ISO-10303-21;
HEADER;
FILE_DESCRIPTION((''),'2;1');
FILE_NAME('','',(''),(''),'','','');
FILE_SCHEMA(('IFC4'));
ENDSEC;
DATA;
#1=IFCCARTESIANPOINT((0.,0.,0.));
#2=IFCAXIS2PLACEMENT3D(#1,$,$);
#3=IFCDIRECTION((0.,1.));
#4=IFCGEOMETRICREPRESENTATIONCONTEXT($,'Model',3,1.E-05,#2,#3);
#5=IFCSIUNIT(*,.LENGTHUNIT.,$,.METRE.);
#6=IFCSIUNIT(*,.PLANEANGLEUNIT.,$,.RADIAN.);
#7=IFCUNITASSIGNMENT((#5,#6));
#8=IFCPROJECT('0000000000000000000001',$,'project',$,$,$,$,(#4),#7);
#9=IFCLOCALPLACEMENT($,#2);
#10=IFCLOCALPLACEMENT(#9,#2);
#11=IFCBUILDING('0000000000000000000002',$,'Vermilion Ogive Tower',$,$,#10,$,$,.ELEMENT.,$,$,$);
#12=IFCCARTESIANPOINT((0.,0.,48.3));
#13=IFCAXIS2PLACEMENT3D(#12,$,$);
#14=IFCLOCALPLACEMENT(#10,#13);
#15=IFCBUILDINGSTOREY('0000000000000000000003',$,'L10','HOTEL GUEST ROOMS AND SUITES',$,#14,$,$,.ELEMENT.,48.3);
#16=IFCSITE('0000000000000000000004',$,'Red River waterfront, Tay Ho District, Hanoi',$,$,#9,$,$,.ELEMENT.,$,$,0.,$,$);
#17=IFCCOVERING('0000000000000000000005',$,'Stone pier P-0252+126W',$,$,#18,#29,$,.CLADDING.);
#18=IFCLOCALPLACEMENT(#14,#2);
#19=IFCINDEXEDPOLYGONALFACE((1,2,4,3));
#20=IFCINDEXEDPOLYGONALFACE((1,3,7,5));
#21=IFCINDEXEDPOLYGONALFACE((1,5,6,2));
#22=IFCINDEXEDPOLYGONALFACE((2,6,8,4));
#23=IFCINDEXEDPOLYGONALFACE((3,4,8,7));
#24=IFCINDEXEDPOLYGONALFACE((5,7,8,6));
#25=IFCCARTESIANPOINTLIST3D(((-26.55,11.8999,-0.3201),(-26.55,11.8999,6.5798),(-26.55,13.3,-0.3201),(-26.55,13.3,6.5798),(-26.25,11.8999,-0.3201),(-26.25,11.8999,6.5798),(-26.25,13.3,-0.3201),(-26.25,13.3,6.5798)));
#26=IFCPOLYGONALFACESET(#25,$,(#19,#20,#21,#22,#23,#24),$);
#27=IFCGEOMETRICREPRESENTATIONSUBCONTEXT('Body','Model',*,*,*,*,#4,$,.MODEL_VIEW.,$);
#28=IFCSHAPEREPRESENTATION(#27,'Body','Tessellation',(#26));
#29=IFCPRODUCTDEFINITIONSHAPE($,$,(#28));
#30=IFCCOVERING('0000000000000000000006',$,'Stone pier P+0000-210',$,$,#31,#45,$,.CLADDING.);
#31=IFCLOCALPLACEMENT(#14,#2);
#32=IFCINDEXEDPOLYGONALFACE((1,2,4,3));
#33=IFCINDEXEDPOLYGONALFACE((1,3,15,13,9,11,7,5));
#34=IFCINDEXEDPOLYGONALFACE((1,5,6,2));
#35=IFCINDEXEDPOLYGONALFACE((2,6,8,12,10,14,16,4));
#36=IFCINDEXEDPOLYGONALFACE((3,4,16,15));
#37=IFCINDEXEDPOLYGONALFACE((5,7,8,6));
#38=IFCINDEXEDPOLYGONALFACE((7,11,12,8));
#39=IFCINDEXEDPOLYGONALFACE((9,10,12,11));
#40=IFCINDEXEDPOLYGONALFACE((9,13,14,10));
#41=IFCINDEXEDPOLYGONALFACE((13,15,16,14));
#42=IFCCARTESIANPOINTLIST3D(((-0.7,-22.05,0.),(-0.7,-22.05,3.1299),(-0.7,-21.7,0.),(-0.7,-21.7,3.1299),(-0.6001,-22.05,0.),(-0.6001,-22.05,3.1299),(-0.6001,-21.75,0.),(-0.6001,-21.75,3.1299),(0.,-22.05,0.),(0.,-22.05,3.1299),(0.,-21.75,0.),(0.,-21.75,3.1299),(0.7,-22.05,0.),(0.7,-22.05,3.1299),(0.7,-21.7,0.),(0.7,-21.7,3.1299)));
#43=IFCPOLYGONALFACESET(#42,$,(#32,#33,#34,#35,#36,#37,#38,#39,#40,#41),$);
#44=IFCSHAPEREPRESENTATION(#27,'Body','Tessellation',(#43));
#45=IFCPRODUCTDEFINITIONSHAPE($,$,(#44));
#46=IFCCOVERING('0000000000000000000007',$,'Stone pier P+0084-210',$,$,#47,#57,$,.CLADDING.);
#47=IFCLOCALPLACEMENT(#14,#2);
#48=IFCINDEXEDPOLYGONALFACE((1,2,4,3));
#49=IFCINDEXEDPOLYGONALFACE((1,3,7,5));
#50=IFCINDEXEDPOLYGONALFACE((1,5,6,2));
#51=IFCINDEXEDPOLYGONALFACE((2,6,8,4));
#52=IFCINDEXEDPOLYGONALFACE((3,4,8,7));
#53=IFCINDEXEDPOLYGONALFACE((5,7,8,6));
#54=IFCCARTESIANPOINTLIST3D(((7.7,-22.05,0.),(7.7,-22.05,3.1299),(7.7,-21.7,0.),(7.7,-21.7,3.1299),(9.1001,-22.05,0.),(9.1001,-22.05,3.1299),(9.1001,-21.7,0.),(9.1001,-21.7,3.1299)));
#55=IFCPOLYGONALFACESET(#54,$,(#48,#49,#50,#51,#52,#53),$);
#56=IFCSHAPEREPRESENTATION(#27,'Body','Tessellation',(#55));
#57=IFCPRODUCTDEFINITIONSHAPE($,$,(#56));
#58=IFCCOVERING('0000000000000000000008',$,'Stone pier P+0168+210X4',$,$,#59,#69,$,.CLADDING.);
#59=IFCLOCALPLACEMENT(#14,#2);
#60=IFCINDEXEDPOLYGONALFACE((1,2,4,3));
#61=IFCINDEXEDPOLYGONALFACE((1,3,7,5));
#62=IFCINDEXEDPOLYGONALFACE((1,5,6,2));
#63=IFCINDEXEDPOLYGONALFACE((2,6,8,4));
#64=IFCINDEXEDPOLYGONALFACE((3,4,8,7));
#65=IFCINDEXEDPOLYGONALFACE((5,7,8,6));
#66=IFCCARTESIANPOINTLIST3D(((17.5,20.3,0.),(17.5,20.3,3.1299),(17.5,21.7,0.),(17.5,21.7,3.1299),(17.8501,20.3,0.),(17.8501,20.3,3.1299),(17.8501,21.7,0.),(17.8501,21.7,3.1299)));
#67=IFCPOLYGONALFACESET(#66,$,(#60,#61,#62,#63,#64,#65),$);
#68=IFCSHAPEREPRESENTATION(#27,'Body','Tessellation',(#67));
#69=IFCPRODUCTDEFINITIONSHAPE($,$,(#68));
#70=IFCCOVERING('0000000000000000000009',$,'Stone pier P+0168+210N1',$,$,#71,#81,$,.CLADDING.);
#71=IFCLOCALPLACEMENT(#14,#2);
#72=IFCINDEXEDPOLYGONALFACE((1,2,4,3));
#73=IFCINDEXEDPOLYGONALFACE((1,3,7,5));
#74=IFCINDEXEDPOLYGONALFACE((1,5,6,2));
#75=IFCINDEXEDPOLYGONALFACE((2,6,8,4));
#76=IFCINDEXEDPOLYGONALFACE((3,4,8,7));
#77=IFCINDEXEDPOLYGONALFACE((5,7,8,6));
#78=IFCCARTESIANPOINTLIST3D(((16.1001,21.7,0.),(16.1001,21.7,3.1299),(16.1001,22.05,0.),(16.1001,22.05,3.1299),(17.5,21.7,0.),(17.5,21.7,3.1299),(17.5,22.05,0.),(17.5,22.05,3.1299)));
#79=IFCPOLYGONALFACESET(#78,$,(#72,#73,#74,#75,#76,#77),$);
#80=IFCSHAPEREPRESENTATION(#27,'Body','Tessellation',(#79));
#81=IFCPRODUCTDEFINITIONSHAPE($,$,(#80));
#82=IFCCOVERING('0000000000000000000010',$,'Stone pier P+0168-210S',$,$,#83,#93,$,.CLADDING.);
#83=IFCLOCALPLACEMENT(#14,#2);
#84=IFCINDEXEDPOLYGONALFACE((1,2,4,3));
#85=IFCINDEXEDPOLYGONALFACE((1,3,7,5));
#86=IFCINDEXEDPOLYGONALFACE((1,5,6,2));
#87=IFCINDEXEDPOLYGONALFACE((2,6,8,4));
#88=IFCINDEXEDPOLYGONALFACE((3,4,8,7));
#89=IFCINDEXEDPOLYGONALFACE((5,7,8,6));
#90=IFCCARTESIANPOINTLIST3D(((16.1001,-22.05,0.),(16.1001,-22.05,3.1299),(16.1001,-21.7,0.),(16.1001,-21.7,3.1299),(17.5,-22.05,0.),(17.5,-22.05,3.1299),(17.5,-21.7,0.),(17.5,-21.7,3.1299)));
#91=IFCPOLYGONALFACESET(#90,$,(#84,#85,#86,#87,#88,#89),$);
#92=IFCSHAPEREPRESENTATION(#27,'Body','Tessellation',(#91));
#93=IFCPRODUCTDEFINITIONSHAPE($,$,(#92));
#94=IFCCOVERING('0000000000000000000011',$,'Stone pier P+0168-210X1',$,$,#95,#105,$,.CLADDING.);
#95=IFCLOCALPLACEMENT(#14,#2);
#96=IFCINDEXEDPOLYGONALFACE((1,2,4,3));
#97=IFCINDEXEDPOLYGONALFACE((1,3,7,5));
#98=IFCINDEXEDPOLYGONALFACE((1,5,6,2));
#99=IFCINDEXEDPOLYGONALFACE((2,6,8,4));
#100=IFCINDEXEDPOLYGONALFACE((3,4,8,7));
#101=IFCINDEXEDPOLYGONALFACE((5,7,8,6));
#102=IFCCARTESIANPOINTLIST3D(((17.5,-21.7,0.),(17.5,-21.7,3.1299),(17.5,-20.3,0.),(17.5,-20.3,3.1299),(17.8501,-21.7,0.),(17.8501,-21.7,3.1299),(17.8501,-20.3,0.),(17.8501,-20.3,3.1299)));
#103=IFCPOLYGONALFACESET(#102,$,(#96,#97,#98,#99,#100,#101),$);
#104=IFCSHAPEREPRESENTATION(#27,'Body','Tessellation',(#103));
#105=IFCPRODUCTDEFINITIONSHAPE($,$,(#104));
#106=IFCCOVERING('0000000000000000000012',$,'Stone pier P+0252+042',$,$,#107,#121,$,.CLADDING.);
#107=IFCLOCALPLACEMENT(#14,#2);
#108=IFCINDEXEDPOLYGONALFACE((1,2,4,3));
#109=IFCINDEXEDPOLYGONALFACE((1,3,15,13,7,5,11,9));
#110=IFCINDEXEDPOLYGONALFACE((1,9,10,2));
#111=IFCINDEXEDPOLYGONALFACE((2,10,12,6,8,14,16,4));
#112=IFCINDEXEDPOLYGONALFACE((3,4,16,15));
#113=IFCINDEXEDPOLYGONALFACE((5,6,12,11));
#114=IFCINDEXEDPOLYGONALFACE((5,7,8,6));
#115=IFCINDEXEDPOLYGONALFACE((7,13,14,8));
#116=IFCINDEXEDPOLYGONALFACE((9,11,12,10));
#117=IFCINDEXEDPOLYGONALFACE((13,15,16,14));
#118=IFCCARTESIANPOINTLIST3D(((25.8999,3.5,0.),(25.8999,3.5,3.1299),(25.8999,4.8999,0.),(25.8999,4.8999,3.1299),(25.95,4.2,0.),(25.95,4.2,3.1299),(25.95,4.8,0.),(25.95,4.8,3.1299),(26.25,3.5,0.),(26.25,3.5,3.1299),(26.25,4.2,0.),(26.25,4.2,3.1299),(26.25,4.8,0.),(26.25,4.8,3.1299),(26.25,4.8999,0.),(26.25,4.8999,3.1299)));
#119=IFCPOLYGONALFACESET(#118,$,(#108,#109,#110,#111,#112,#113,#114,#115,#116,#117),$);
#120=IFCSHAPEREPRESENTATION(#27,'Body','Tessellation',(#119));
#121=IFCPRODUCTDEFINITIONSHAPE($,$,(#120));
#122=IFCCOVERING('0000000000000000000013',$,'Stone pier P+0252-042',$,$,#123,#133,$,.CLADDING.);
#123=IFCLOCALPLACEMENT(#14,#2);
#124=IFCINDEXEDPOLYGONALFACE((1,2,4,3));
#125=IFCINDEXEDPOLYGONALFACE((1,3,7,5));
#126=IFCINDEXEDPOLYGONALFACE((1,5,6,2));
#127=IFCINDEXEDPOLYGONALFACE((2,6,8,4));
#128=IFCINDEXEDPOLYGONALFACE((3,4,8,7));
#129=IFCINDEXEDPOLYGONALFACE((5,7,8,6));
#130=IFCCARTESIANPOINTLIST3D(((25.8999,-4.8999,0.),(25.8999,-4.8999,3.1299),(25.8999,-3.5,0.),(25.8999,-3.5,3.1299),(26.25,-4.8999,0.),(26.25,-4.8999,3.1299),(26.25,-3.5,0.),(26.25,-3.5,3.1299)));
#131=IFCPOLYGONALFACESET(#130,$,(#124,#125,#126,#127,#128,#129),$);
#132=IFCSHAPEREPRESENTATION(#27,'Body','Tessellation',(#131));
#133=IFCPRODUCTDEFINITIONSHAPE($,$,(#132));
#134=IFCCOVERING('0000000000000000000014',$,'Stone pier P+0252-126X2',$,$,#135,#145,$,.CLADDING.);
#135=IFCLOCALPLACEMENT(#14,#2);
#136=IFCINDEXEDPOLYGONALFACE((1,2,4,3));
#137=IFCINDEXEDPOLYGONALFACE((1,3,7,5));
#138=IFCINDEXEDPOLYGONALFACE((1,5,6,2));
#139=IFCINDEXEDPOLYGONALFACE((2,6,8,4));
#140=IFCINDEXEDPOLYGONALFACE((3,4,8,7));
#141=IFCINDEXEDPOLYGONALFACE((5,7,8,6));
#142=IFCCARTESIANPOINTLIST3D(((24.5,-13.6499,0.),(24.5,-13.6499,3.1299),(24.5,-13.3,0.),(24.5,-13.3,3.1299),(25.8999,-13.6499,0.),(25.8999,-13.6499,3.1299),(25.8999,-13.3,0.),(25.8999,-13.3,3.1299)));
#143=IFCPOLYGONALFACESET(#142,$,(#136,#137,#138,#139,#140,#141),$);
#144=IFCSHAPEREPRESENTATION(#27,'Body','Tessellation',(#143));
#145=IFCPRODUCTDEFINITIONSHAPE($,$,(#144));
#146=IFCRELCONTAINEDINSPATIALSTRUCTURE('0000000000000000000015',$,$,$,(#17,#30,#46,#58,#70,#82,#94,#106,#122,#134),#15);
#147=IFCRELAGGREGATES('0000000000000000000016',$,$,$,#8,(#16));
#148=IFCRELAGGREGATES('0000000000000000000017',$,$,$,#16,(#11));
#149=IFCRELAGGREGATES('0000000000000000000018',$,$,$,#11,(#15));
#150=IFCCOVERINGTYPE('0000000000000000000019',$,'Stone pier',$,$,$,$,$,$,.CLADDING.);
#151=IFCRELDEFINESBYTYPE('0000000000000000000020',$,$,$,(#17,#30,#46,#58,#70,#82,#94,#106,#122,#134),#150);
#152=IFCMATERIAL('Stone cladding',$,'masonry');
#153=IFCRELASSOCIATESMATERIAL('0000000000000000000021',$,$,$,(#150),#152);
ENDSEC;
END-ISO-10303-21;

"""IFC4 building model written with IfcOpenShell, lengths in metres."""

from ifc_helpers import new_model, si_unit, direction, frame, origin, place, context, subcontext, project, spatial, polyline, outline, extrude, material, type_object, element, save


model = new_model("IFC4")

# Units and contexts
model_context = context("Model", 3, precision=1e-05, world=origin(), true_north=direction((0.0, 1.0)))
body_context = subcontext(model_context, "Body", "Model", "MODEL_VIEW")
ifc_project = project(units=[si_unit("LENGTHUNIT", "METRE"), si_unit("PLANEANGLEUNIT", "RADIAN")], contexts=[model_context])

# Site, building, storey
site_placement = place(None, origin())
site = spatial("IfcSite", under=ifc_project, at=site_placement, Name="Red River waterfront, Tay Ho District, Hanoi", CompositionType="ELEMENT", RefElevation=0.0)
building_placement = place(site_placement, origin())
building = spatial("IfcBuilding", under=site, at=building_placement, Name="Vermilion Ogive Tower", CompositionType="ELEMENT")
storey_placement = place(building_placement, frame((0.0, 0.0, 48.3)))
storey = spatial("IfcBuildingStorey", under=building, at=storey_placement, Name="L10", Description="HOTEL GUEST ROOMS AND SUITES", CompositionType="ELEMENT", Elevation=48.3)

# Coverings
ifc_material_1 = material(Name="Stone cladding", Category="masonry")
covering_type_1 = type_object("IfcCoveringType", Name="Stone pier", PredefinedType="CLADDING", material=ifc_material_1)
covering_1_placement = place(storey_placement, frame((0.0, 0.0, -0.3201)))
element("IfcCovering", 1, at=covering_1_placement, inside=storey, type_object=covering_type_1, Name="Stone pier P-0252+126W", PredefinedType="CLADDING", context=body_context, shape_type="SweptSolid", body=[
    extrude(outline(polyline([(-26.55, 13.3), (-26.25, 13.3), (-26.25, 11.8999), (-26.55, 11.8999), (-26.55, 13.3)])), origin(), (0.0, 0.0, 1.0), 6.8999),
])
covering_2_placement = place(storey_placement, origin())
element("IfcCovering", 2, at=covering_2_placement, inside=storey, type_object=covering_type_1, Name="Stone pier P+0000-210", PredefinedType="CLADDING", context=body_context, shape_type="SweptSolid", body=[
    extrude(outline(polyline([(0.7, -22.05), (0.0, -22.05), (0.0, -21.75), (-0.6001, -21.75), (-0.6001, -22.05), (-0.7, -22.05), (-0.7, -21.7), (0.7, -21.7), (0.7, -22.05)])), origin(), (0.0, 0.0, 1.0), 3.1299),
])
covering_3_placement = place(storey_placement, origin())
element("IfcCovering", 3, at=covering_3_placement, inside=storey, type_object=covering_type_1, Name="Stone pier P+0084-210", PredefinedType="CLADDING", context=body_context, shape_type="SweptSolid", body=[
    extrude(outline(polyline([(9.1001, -21.7), (9.1001, -22.05), (7.7, -22.05), (7.7, -21.7), (9.1001, -21.7), (9.1001, -21.7)])), origin(), (0.0, 0.0, 1.0), 3.1299),
])
covering_4_placement = place(storey_placement, origin())
element("IfcCovering", 4, at=covering_4_placement, inside=storey, type_object=covering_type_1, Name="Stone pier P+0168+210X4", PredefinedType="CLADDING", context=body_context, shape_type="SweptSolid", body=[
    extrude(outline(polyline([(17.8501, 21.7), (17.8501, 20.3), (17.5, 20.3), (17.5, 21.7), (17.8501, 21.7)])), origin(), (0.0, 0.0, 1.0), 3.1299),
])
covering_5_placement = place(storey_placement, origin())
element("IfcCovering", 5, at=covering_5_placement, inside=storey, type_object=covering_type_1, Name="Stone pier P+0168+210N1", PredefinedType="CLADDING", context=body_context, shape_type="SweptSolid", body=[
    extrude(outline(polyline([(17.5, 22.05), (17.5, 21.7), (16.1001, 21.7), (16.1001, 22.05), (17.5, 22.05)])), origin(), (0.0, 0.0, 1.0), 3.1299),
])
covering_6_placement = place(storey_placement, origin())
element("IfcCovering", 6, at=covering_6_placement, inside=storey, type_object=covering_type_1, Name="Stone pier P+0168-210S", PredefinedType="CLADDING", context=body_context, shape_type="SweptSolid", body=[
    extrude(outline(polyline([(17.5, -21.7), (17.5, -21.7), (17.5, -22.05), (16.1001, -22.05), (16.1001, -21.7), (16.1001, -21.7), (17.5, -21.7)])), origin(), (0.0, 0.0, 1.0), 3.1299),
])
covering_7_placement = place(storey_placement, origin())
element("IfcCovering", 7, at=covering_7_placement, inside=storey, type_object=covering_type_1, Name="Stone pier P+0168-210X1", PredefinedType="CLADDING", context=body_context, shape_type="SweptSolid", body=[
    extrude(outline(polyline([(17.8501, -21.7), (17.5, -21.7), (17.5, -21.7), (17.5, -20.3), (17.8501, -20.3), (17.8501, -21.7)])), origin(), (0.0, 0.0, 1.0), 3.1299),
])
covering_8_placement = place(storey_placement, origin())
element("IfcCovering", 8, at=covering_8_placement, inside=storey, type_object=covering_type_1, Name="Stone pier P+0252+042", PredefinedType="CLADDING", context=body_context, shape_type="SweptSolid", body=[
    extrude(outline(polyline([(26.25, 4.8999), (26.25, 4.8), (25.95, 4.8), (25.95, 4.2), (26.25, 4.2), (26.25, 3.5), (25.8999, 3.5), (25.8999, 4.8999), (26.25, 4.8999)])), origin(), (0.0, 0.0, 1.0), 3.1299),
])
covering_9_placement = place(storey_placement, origin())
element("IfcCovering", 9, at=covering_9_placement, inside=storey, type_object=covering_type_1, Name="Stone pier P+0252-042", PredefinedType="CLADDING", context=body_context, shape_type="SweptSolid", body=[
    extrude(outline(polyline([(26.25, -3.5), (26.25, -4.8999), (25.8999, -4.8999), (25.8999, -3.5), (26.25, -3.5)])), origin(), (0.0, 0.0, 1.0), 3.1299),
])
covering_10_placement = place(storey_placement, origin())
element("IfcCovering", 10, at=covering_10_placement, inside=storey, type_object=covering_type_1, Name="Stone pier P+0252-126X2", PredefinedType="CLADDING", context=body_context, shape_type="SweptSolid", body=[
    extrude(outline(polyline([(25.8999, -13.3), (25.8999, -13.6499), (24.5, -13.6499), (24.5, -13.3), (24.5, -13.3), (25.8999, -13.3)])), origin(), (0.0, 0.0, 1.0), 3.1299),
])

save(model, "model.ifc")
